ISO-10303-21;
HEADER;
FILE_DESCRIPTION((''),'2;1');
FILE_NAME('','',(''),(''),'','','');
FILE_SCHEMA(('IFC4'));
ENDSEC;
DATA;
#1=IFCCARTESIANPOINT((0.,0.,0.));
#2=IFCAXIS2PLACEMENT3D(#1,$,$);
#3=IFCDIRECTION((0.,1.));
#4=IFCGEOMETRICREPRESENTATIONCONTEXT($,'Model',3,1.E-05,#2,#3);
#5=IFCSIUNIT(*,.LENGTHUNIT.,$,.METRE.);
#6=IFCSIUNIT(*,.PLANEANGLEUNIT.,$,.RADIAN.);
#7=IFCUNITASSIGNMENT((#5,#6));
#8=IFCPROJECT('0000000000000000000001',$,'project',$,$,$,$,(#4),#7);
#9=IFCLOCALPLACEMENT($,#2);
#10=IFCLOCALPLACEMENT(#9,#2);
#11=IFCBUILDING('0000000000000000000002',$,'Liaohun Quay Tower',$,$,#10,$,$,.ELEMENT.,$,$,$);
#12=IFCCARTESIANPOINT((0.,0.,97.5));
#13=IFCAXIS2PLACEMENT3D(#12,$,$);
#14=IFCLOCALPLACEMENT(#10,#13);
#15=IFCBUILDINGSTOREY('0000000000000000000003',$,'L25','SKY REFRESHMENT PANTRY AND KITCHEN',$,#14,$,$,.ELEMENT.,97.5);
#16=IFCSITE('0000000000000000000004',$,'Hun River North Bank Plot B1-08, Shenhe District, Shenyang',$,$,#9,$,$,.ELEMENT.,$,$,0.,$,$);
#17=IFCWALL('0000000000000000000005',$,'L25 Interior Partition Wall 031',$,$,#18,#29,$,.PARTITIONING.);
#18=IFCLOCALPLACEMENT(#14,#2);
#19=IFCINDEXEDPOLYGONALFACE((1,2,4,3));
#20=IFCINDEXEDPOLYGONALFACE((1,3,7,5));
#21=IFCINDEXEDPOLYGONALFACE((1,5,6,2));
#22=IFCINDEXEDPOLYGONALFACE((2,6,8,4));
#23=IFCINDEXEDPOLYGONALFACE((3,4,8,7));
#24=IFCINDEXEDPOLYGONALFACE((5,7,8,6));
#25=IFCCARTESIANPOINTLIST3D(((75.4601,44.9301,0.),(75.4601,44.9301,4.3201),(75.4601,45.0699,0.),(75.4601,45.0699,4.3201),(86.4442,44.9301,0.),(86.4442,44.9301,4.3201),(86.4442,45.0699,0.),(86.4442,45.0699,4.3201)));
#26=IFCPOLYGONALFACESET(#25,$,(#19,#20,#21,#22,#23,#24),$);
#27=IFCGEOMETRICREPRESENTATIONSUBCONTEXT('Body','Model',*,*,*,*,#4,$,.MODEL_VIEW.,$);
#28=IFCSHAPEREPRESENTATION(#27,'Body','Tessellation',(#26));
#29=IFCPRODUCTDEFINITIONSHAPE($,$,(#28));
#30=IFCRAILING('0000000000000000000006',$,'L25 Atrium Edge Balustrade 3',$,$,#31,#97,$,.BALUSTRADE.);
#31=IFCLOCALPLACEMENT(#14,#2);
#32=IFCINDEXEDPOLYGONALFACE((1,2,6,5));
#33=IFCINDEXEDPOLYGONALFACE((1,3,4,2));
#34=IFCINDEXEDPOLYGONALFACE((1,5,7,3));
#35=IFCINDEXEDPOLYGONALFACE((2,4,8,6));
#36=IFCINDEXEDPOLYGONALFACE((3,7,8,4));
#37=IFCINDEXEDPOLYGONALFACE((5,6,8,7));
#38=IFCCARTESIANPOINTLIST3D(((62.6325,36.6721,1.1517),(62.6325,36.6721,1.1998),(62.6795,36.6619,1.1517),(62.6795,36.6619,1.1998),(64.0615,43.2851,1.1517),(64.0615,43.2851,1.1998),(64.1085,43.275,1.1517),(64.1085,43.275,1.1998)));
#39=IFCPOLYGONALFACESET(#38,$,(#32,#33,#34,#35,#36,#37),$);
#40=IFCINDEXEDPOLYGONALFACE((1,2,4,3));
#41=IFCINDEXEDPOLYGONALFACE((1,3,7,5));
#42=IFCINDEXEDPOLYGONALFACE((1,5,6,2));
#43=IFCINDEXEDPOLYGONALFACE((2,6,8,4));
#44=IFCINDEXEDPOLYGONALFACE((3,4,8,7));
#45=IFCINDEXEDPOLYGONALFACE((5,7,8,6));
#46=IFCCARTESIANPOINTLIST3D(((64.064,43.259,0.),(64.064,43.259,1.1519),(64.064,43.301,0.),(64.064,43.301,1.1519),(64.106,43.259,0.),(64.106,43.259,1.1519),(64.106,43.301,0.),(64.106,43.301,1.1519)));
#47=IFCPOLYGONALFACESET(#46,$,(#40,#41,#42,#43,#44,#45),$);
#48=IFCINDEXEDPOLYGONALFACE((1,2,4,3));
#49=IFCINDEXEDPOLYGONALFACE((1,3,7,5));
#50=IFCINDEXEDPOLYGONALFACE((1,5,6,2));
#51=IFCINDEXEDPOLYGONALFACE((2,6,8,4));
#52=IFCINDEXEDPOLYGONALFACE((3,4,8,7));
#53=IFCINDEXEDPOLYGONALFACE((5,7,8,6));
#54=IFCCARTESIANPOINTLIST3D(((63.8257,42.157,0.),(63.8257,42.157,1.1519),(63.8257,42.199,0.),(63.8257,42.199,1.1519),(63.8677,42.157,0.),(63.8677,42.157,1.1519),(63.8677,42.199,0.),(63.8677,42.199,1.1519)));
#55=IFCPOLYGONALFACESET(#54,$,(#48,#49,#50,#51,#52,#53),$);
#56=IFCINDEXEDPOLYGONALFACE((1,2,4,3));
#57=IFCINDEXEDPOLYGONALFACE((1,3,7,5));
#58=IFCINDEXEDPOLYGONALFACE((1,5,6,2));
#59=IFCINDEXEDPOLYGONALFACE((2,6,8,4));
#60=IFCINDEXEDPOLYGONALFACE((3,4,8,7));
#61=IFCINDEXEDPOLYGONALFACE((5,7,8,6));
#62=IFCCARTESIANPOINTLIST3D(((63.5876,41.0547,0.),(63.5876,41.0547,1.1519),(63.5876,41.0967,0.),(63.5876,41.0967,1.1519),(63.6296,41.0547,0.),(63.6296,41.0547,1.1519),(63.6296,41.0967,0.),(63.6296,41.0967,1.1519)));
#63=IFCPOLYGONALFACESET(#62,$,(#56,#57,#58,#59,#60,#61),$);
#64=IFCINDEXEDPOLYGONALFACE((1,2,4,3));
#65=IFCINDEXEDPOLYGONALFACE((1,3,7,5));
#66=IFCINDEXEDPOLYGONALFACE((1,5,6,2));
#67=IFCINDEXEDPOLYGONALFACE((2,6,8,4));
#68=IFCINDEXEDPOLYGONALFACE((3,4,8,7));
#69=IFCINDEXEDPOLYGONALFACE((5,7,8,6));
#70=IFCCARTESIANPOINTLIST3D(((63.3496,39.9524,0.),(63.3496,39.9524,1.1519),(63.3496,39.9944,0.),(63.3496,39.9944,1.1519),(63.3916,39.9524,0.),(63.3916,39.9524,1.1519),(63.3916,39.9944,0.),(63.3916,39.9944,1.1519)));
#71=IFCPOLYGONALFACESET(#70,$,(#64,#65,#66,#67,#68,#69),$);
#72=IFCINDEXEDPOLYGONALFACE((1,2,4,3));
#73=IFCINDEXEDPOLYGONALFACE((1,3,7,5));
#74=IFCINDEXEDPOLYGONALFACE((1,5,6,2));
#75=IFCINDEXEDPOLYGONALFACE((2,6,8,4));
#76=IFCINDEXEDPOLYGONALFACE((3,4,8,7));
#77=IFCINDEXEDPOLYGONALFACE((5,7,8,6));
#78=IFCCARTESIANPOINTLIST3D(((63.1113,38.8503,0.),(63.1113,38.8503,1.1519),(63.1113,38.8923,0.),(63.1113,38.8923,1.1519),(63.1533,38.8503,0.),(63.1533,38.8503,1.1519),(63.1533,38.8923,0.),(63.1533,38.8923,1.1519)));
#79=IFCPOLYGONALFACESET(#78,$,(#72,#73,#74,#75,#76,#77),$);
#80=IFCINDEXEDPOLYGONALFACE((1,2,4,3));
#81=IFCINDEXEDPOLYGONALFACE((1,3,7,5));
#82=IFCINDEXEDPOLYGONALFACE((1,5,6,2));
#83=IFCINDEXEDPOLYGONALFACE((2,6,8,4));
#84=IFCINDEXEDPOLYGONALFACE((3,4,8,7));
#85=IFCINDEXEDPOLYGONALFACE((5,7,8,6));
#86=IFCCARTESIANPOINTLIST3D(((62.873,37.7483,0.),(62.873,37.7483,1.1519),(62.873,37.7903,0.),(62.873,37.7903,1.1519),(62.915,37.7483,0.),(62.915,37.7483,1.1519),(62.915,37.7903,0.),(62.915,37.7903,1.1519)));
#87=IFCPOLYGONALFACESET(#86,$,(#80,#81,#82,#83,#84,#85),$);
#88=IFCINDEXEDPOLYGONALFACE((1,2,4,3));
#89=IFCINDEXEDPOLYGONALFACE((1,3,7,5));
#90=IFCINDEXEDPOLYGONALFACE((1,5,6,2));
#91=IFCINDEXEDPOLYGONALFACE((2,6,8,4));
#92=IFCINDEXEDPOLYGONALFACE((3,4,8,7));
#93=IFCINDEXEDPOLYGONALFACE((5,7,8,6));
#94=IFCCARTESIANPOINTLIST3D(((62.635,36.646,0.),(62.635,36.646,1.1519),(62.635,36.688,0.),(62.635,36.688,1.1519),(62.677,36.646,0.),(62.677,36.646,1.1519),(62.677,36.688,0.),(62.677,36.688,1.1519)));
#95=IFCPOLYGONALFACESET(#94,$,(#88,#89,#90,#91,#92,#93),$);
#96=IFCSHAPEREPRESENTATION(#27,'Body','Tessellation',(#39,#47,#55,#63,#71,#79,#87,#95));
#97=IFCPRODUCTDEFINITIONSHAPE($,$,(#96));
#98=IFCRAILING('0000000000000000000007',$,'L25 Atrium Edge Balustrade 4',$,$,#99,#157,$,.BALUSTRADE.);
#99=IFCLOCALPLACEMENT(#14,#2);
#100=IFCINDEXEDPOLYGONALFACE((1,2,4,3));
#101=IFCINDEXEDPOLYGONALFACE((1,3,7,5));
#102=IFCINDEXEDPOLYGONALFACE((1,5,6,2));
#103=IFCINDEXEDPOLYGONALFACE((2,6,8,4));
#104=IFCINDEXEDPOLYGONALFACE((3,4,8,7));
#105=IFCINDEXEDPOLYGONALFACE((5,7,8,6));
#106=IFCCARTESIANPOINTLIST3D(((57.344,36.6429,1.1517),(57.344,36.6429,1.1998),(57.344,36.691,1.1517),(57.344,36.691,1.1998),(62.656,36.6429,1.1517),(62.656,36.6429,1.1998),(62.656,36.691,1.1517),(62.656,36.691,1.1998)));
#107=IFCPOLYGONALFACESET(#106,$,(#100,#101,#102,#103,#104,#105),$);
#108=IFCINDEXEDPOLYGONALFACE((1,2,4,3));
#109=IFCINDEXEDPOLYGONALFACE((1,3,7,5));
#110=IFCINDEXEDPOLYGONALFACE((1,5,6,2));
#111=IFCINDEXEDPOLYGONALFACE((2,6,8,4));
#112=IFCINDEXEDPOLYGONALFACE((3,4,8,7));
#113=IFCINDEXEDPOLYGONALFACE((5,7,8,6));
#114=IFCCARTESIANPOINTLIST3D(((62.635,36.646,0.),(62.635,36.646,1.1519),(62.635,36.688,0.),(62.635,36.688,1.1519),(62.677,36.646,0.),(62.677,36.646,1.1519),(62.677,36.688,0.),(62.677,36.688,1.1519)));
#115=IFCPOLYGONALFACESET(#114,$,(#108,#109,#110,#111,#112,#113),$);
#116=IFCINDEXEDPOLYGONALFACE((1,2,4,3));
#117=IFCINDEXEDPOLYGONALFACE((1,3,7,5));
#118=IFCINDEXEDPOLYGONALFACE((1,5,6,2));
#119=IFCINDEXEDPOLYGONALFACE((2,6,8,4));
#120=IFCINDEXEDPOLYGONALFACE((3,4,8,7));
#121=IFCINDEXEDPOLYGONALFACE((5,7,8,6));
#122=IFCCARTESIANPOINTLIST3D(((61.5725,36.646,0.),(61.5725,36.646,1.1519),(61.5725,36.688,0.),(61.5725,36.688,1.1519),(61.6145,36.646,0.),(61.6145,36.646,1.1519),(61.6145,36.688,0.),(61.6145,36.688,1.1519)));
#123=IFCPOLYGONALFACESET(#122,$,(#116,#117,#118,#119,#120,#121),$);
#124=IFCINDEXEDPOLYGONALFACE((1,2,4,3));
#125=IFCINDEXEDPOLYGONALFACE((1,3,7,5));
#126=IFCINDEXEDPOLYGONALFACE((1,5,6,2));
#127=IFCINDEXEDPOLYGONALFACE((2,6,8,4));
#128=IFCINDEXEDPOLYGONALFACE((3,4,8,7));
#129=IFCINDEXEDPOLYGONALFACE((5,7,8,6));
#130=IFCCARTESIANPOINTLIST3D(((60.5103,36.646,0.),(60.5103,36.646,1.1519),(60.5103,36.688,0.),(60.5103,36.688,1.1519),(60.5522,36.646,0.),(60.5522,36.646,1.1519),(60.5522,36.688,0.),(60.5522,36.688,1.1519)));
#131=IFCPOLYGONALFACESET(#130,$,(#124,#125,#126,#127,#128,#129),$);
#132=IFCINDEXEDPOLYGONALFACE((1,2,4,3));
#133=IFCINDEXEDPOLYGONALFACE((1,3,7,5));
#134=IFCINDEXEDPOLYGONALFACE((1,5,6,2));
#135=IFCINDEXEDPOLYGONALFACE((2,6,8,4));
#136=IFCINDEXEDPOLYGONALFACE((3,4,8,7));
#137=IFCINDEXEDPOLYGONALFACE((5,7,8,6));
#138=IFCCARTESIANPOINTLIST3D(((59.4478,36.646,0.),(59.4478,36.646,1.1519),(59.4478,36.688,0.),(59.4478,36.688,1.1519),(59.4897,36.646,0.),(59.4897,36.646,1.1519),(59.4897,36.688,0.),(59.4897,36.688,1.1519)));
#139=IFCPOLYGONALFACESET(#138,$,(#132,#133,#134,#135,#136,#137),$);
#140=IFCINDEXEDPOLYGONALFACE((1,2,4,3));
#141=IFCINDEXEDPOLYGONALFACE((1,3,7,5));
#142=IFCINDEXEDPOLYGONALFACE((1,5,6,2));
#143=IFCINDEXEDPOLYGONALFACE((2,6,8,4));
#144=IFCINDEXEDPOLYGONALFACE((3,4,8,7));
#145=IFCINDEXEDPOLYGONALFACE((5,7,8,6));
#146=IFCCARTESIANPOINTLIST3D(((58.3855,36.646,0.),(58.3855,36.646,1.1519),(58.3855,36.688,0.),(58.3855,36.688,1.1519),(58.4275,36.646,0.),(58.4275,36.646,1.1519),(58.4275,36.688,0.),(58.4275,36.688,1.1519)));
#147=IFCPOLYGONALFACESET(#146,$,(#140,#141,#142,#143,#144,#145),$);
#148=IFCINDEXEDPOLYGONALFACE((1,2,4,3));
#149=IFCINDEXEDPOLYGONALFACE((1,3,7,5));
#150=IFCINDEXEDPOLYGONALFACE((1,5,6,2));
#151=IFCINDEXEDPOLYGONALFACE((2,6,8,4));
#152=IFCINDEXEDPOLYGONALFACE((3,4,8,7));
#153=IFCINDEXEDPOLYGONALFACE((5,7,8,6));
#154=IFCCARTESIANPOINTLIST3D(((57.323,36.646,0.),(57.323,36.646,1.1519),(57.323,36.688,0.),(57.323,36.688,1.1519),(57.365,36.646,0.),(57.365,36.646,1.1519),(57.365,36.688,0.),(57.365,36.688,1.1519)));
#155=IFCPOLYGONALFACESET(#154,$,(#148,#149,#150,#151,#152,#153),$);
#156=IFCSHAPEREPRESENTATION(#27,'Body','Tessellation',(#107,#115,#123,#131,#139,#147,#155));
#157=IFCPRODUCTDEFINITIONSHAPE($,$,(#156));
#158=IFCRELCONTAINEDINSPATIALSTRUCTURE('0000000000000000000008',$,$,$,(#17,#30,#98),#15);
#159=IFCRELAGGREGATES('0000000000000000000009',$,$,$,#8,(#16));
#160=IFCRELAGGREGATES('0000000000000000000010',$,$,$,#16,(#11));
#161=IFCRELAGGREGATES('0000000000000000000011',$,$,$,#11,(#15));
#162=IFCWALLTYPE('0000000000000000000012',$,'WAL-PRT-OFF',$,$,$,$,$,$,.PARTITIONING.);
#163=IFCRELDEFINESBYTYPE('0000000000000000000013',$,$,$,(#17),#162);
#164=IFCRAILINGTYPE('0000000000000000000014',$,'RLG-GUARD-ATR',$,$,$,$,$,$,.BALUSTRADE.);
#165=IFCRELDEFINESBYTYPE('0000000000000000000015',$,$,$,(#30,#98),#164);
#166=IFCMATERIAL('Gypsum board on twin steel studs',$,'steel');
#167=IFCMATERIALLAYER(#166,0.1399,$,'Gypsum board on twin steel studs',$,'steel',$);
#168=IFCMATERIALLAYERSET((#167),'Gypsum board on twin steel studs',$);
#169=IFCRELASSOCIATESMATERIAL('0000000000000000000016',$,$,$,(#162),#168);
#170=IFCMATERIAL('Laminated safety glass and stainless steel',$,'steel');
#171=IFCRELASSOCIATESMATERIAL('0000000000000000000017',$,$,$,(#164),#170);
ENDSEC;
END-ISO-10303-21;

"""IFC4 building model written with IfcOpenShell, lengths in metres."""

from ifc_helpers import new_model, si_unit, direction, frame, frame_2d, origin, origin_2d, place, context, subcontext, project, spatial, rectangle, extrude, material, layer, layer_set, type_object, element, save


model = new_model("IFC4")

# Units and contexts
model_context = context("Model", 3, precision=1e-05, world=origin(), true_north=direction((0.0, 1.0)))
body_context = subcontext(model_context, "Body", "Model", "MODEL_VIEW")
ifc_project = project(units=[si_unit("LENGTHUNIT", "METRE"), si_unit("PLANEANGLEUNIT", "RADIAN")], contexts=[model_context])

# Site, building, storey
site_placement = place(None, origin())
site = spatial("IfcSite", under=ifc_project, at=site_placement, Name="Hun River North Bank Plot B1-08, Shenhe District, Shenyang", CompositionType="ELEMENT", RefElevation=0.0)
building_placement = place(site_placement, origin())
building = spatial("IfcBuilding", under=site, at=building_placement, Name="Liaohun Quay Tower", CompositionType="ELEMENT")
storey_placement = place(building_placement, frame((0.0, 0.0, 97.5)))
storey = spatial("IfcBuildingStorey", under=building, at=storey_placement, Name="L25", Description="SKY REFRESHMENT PANTRY AND KITCHEN", CompositionType="ELEMENT", Elevation=97.5)

# Wall
ifc_material_1 = material(Name="Gypsum board on twin steel studs", Category="steel")
ifc_layer_1 = layer(ifc_material_1, 0.1399, Name="Gypsum board on twin steel studs", Category="steel")
ifc_layer_set_1 = layer_set([ifc_layer_1], Name="Gypsum board on twin steel studs")
wall_type_1 = type_object("IfcWallType", Name="WAL-PRT-OFF", PredefinedType="PARTITIONING", material=ifc_layer_set_1)
wall_1_placement = place(storey_placement, frame((75.46, 45.0, 0.0), z_axis=(0.0, 0.0, 1.0), x_axis=(1.0, 0.0, 0.0)))
element("IfcWall", 1, at=wall_1_placement, inside=storey, type_object=wall_type_1, Name="L25 Interior Partition Wall 031", PredefinedType="PARTITIONING", context=body_context, shape_type="SweptSolid", body=[
    extrude(rectangle(XDim=10.9841, YDim=0.1399, at=frame_2d((5.4922, 0.0))), origin(), (0.0, 0.0, 1.0), 4.3201),
])

# Railings
ifc_material_2 = material(Name="Laminated safety glass and stainless steel", Category="steel")
railing_type = type_object("IfcRailingType", Name="RLG-GUARD-ATR", PredefinedType="BALUSTRADE", material=ifc_material_2)
railing_1_placement = place(storey_placement, frame((64.085, 43.28, 0.0)))
element("IfcRailing", 2, at=railing_1_placement, inside=storey, type_object=railing_type, Name="L25 Atrium Edge Balustrade 3", PredefinedType="BALUSTRADE", context=body_context, shape_type="SweptSolid", body=[
    extrude(rectangle(XDim=0.0481, YDim=0.0481, at=origin_2d()), frame((0.0, 0.0, 1.1758), z_axis=(-0.211207, -0.977441, 0.0), x_axis=(0.977441, -0.211207, 0.0)), (0.0, 0.0, 1.0), 6.7656),
    extrude(rectangle(XDim=0.042, YDim=0.042, at=origin_2d()), origin(), (0.0, 0.0, 1.0), 1.1519),
    extrude(rectangle(XDim=0.042, YDim=0.042, at=origin_2d()), frame((-0.2383, -1.1021, 0.0)), (0.0, 0.0, 1.0), 1.1519),
    extrude(rectangle(XDim=0.042, YDim=0.042, at=origin_2d()), frame((-0.4763, -2.2043, 0.0)), (0.0, 0.0, 1.0), 1.1519),
    extrude(rectangle(XDim=0.042, YDim=0.042, at=origin_2d()), frame((-0.7144, -3.3066, 0.0)), (0.0, 0.0, 1.0), 1.1519),
    extrude(rectangle(XDim=0.042, YDim=0.042, at=origin_2d()), frame((-0.9526, -4.4087, 0.0)), (0.0, 0.0, 1.0), 1.1519),
    extrude(rectangle(XDim=0.042, YDim=0.042, at=origin_2d()), frame((-1.1909, -5.5107, 0.0)), (0.0, 0.0, 1.0), 1.1519),
    extrude(rectangle(XDim=0.042, YDim=0.042, at=origin_2d()), frame((-1.429, -6.613, 0.0)), (0.0, 0.0, 1.0), 1.1519),
])
railing_2_placement = place(storey_placement, frame((62.656, 36.667, 0.0)))
element("IfcRailing", 3, at=railing_2_placement, inside=storey, type_object=railing_type, Name="L25 Atrium Edge Balustrade 4", PredefinedType="BALUSTRADE", context=body_context, shape_type="SweptSolid", body=[
    extrude(rectangle(XDim=0.0481, YDim=0.0481, at=origin_2d()), frame((0.0, 0.0, 1.1758), z_axis=(-1.0, 0.0, 0.0), x_axis=(0.0, -1.0, 0.0)), (0.0, 0.0, 1.0), 5.312),
    extrude(rectangle(XDim=0.042, YDim=0.042, at=origin_2d()), origin(), (0.0, 0.0, 1.0), 1.1519),
    extrude(rectangle(XDim=0.042, YDim=0.042, at=origin_2d()), frame((-1.0625, 0.0, 0.0)), (0.0, 0.0, 1.0), 1.1519),
    extrude(rectangle(XDim=0.042, YDim=0.042, at=origin_2d()), frame((-2.1248, 0.0, 0.0)), (0.0, 0.0, 1.0), 1.1519),
    extrude(rectangle(XDim=0.042, YDim=0.042, at=origin_2d()), frame((-3.1873, 0.0, 0.0)), (0.0, 0.0, 1.0), 1.1519),
    extrude(rectangle(XDim=0.042, YDim=0.042, at=origin_2d()), frame((-4.2495, 0.0, 0.0)), (0.0, 0.0, 1.0), 1.1519),
    extrude(rectangle(XDim=0.042, YDim=0.042, at=origin_2d()), frame((-5.312, 0.0, 0.0)), (0.0, 0.0, 1.0), 1.1519),
])

save(model, "model.ifc")
